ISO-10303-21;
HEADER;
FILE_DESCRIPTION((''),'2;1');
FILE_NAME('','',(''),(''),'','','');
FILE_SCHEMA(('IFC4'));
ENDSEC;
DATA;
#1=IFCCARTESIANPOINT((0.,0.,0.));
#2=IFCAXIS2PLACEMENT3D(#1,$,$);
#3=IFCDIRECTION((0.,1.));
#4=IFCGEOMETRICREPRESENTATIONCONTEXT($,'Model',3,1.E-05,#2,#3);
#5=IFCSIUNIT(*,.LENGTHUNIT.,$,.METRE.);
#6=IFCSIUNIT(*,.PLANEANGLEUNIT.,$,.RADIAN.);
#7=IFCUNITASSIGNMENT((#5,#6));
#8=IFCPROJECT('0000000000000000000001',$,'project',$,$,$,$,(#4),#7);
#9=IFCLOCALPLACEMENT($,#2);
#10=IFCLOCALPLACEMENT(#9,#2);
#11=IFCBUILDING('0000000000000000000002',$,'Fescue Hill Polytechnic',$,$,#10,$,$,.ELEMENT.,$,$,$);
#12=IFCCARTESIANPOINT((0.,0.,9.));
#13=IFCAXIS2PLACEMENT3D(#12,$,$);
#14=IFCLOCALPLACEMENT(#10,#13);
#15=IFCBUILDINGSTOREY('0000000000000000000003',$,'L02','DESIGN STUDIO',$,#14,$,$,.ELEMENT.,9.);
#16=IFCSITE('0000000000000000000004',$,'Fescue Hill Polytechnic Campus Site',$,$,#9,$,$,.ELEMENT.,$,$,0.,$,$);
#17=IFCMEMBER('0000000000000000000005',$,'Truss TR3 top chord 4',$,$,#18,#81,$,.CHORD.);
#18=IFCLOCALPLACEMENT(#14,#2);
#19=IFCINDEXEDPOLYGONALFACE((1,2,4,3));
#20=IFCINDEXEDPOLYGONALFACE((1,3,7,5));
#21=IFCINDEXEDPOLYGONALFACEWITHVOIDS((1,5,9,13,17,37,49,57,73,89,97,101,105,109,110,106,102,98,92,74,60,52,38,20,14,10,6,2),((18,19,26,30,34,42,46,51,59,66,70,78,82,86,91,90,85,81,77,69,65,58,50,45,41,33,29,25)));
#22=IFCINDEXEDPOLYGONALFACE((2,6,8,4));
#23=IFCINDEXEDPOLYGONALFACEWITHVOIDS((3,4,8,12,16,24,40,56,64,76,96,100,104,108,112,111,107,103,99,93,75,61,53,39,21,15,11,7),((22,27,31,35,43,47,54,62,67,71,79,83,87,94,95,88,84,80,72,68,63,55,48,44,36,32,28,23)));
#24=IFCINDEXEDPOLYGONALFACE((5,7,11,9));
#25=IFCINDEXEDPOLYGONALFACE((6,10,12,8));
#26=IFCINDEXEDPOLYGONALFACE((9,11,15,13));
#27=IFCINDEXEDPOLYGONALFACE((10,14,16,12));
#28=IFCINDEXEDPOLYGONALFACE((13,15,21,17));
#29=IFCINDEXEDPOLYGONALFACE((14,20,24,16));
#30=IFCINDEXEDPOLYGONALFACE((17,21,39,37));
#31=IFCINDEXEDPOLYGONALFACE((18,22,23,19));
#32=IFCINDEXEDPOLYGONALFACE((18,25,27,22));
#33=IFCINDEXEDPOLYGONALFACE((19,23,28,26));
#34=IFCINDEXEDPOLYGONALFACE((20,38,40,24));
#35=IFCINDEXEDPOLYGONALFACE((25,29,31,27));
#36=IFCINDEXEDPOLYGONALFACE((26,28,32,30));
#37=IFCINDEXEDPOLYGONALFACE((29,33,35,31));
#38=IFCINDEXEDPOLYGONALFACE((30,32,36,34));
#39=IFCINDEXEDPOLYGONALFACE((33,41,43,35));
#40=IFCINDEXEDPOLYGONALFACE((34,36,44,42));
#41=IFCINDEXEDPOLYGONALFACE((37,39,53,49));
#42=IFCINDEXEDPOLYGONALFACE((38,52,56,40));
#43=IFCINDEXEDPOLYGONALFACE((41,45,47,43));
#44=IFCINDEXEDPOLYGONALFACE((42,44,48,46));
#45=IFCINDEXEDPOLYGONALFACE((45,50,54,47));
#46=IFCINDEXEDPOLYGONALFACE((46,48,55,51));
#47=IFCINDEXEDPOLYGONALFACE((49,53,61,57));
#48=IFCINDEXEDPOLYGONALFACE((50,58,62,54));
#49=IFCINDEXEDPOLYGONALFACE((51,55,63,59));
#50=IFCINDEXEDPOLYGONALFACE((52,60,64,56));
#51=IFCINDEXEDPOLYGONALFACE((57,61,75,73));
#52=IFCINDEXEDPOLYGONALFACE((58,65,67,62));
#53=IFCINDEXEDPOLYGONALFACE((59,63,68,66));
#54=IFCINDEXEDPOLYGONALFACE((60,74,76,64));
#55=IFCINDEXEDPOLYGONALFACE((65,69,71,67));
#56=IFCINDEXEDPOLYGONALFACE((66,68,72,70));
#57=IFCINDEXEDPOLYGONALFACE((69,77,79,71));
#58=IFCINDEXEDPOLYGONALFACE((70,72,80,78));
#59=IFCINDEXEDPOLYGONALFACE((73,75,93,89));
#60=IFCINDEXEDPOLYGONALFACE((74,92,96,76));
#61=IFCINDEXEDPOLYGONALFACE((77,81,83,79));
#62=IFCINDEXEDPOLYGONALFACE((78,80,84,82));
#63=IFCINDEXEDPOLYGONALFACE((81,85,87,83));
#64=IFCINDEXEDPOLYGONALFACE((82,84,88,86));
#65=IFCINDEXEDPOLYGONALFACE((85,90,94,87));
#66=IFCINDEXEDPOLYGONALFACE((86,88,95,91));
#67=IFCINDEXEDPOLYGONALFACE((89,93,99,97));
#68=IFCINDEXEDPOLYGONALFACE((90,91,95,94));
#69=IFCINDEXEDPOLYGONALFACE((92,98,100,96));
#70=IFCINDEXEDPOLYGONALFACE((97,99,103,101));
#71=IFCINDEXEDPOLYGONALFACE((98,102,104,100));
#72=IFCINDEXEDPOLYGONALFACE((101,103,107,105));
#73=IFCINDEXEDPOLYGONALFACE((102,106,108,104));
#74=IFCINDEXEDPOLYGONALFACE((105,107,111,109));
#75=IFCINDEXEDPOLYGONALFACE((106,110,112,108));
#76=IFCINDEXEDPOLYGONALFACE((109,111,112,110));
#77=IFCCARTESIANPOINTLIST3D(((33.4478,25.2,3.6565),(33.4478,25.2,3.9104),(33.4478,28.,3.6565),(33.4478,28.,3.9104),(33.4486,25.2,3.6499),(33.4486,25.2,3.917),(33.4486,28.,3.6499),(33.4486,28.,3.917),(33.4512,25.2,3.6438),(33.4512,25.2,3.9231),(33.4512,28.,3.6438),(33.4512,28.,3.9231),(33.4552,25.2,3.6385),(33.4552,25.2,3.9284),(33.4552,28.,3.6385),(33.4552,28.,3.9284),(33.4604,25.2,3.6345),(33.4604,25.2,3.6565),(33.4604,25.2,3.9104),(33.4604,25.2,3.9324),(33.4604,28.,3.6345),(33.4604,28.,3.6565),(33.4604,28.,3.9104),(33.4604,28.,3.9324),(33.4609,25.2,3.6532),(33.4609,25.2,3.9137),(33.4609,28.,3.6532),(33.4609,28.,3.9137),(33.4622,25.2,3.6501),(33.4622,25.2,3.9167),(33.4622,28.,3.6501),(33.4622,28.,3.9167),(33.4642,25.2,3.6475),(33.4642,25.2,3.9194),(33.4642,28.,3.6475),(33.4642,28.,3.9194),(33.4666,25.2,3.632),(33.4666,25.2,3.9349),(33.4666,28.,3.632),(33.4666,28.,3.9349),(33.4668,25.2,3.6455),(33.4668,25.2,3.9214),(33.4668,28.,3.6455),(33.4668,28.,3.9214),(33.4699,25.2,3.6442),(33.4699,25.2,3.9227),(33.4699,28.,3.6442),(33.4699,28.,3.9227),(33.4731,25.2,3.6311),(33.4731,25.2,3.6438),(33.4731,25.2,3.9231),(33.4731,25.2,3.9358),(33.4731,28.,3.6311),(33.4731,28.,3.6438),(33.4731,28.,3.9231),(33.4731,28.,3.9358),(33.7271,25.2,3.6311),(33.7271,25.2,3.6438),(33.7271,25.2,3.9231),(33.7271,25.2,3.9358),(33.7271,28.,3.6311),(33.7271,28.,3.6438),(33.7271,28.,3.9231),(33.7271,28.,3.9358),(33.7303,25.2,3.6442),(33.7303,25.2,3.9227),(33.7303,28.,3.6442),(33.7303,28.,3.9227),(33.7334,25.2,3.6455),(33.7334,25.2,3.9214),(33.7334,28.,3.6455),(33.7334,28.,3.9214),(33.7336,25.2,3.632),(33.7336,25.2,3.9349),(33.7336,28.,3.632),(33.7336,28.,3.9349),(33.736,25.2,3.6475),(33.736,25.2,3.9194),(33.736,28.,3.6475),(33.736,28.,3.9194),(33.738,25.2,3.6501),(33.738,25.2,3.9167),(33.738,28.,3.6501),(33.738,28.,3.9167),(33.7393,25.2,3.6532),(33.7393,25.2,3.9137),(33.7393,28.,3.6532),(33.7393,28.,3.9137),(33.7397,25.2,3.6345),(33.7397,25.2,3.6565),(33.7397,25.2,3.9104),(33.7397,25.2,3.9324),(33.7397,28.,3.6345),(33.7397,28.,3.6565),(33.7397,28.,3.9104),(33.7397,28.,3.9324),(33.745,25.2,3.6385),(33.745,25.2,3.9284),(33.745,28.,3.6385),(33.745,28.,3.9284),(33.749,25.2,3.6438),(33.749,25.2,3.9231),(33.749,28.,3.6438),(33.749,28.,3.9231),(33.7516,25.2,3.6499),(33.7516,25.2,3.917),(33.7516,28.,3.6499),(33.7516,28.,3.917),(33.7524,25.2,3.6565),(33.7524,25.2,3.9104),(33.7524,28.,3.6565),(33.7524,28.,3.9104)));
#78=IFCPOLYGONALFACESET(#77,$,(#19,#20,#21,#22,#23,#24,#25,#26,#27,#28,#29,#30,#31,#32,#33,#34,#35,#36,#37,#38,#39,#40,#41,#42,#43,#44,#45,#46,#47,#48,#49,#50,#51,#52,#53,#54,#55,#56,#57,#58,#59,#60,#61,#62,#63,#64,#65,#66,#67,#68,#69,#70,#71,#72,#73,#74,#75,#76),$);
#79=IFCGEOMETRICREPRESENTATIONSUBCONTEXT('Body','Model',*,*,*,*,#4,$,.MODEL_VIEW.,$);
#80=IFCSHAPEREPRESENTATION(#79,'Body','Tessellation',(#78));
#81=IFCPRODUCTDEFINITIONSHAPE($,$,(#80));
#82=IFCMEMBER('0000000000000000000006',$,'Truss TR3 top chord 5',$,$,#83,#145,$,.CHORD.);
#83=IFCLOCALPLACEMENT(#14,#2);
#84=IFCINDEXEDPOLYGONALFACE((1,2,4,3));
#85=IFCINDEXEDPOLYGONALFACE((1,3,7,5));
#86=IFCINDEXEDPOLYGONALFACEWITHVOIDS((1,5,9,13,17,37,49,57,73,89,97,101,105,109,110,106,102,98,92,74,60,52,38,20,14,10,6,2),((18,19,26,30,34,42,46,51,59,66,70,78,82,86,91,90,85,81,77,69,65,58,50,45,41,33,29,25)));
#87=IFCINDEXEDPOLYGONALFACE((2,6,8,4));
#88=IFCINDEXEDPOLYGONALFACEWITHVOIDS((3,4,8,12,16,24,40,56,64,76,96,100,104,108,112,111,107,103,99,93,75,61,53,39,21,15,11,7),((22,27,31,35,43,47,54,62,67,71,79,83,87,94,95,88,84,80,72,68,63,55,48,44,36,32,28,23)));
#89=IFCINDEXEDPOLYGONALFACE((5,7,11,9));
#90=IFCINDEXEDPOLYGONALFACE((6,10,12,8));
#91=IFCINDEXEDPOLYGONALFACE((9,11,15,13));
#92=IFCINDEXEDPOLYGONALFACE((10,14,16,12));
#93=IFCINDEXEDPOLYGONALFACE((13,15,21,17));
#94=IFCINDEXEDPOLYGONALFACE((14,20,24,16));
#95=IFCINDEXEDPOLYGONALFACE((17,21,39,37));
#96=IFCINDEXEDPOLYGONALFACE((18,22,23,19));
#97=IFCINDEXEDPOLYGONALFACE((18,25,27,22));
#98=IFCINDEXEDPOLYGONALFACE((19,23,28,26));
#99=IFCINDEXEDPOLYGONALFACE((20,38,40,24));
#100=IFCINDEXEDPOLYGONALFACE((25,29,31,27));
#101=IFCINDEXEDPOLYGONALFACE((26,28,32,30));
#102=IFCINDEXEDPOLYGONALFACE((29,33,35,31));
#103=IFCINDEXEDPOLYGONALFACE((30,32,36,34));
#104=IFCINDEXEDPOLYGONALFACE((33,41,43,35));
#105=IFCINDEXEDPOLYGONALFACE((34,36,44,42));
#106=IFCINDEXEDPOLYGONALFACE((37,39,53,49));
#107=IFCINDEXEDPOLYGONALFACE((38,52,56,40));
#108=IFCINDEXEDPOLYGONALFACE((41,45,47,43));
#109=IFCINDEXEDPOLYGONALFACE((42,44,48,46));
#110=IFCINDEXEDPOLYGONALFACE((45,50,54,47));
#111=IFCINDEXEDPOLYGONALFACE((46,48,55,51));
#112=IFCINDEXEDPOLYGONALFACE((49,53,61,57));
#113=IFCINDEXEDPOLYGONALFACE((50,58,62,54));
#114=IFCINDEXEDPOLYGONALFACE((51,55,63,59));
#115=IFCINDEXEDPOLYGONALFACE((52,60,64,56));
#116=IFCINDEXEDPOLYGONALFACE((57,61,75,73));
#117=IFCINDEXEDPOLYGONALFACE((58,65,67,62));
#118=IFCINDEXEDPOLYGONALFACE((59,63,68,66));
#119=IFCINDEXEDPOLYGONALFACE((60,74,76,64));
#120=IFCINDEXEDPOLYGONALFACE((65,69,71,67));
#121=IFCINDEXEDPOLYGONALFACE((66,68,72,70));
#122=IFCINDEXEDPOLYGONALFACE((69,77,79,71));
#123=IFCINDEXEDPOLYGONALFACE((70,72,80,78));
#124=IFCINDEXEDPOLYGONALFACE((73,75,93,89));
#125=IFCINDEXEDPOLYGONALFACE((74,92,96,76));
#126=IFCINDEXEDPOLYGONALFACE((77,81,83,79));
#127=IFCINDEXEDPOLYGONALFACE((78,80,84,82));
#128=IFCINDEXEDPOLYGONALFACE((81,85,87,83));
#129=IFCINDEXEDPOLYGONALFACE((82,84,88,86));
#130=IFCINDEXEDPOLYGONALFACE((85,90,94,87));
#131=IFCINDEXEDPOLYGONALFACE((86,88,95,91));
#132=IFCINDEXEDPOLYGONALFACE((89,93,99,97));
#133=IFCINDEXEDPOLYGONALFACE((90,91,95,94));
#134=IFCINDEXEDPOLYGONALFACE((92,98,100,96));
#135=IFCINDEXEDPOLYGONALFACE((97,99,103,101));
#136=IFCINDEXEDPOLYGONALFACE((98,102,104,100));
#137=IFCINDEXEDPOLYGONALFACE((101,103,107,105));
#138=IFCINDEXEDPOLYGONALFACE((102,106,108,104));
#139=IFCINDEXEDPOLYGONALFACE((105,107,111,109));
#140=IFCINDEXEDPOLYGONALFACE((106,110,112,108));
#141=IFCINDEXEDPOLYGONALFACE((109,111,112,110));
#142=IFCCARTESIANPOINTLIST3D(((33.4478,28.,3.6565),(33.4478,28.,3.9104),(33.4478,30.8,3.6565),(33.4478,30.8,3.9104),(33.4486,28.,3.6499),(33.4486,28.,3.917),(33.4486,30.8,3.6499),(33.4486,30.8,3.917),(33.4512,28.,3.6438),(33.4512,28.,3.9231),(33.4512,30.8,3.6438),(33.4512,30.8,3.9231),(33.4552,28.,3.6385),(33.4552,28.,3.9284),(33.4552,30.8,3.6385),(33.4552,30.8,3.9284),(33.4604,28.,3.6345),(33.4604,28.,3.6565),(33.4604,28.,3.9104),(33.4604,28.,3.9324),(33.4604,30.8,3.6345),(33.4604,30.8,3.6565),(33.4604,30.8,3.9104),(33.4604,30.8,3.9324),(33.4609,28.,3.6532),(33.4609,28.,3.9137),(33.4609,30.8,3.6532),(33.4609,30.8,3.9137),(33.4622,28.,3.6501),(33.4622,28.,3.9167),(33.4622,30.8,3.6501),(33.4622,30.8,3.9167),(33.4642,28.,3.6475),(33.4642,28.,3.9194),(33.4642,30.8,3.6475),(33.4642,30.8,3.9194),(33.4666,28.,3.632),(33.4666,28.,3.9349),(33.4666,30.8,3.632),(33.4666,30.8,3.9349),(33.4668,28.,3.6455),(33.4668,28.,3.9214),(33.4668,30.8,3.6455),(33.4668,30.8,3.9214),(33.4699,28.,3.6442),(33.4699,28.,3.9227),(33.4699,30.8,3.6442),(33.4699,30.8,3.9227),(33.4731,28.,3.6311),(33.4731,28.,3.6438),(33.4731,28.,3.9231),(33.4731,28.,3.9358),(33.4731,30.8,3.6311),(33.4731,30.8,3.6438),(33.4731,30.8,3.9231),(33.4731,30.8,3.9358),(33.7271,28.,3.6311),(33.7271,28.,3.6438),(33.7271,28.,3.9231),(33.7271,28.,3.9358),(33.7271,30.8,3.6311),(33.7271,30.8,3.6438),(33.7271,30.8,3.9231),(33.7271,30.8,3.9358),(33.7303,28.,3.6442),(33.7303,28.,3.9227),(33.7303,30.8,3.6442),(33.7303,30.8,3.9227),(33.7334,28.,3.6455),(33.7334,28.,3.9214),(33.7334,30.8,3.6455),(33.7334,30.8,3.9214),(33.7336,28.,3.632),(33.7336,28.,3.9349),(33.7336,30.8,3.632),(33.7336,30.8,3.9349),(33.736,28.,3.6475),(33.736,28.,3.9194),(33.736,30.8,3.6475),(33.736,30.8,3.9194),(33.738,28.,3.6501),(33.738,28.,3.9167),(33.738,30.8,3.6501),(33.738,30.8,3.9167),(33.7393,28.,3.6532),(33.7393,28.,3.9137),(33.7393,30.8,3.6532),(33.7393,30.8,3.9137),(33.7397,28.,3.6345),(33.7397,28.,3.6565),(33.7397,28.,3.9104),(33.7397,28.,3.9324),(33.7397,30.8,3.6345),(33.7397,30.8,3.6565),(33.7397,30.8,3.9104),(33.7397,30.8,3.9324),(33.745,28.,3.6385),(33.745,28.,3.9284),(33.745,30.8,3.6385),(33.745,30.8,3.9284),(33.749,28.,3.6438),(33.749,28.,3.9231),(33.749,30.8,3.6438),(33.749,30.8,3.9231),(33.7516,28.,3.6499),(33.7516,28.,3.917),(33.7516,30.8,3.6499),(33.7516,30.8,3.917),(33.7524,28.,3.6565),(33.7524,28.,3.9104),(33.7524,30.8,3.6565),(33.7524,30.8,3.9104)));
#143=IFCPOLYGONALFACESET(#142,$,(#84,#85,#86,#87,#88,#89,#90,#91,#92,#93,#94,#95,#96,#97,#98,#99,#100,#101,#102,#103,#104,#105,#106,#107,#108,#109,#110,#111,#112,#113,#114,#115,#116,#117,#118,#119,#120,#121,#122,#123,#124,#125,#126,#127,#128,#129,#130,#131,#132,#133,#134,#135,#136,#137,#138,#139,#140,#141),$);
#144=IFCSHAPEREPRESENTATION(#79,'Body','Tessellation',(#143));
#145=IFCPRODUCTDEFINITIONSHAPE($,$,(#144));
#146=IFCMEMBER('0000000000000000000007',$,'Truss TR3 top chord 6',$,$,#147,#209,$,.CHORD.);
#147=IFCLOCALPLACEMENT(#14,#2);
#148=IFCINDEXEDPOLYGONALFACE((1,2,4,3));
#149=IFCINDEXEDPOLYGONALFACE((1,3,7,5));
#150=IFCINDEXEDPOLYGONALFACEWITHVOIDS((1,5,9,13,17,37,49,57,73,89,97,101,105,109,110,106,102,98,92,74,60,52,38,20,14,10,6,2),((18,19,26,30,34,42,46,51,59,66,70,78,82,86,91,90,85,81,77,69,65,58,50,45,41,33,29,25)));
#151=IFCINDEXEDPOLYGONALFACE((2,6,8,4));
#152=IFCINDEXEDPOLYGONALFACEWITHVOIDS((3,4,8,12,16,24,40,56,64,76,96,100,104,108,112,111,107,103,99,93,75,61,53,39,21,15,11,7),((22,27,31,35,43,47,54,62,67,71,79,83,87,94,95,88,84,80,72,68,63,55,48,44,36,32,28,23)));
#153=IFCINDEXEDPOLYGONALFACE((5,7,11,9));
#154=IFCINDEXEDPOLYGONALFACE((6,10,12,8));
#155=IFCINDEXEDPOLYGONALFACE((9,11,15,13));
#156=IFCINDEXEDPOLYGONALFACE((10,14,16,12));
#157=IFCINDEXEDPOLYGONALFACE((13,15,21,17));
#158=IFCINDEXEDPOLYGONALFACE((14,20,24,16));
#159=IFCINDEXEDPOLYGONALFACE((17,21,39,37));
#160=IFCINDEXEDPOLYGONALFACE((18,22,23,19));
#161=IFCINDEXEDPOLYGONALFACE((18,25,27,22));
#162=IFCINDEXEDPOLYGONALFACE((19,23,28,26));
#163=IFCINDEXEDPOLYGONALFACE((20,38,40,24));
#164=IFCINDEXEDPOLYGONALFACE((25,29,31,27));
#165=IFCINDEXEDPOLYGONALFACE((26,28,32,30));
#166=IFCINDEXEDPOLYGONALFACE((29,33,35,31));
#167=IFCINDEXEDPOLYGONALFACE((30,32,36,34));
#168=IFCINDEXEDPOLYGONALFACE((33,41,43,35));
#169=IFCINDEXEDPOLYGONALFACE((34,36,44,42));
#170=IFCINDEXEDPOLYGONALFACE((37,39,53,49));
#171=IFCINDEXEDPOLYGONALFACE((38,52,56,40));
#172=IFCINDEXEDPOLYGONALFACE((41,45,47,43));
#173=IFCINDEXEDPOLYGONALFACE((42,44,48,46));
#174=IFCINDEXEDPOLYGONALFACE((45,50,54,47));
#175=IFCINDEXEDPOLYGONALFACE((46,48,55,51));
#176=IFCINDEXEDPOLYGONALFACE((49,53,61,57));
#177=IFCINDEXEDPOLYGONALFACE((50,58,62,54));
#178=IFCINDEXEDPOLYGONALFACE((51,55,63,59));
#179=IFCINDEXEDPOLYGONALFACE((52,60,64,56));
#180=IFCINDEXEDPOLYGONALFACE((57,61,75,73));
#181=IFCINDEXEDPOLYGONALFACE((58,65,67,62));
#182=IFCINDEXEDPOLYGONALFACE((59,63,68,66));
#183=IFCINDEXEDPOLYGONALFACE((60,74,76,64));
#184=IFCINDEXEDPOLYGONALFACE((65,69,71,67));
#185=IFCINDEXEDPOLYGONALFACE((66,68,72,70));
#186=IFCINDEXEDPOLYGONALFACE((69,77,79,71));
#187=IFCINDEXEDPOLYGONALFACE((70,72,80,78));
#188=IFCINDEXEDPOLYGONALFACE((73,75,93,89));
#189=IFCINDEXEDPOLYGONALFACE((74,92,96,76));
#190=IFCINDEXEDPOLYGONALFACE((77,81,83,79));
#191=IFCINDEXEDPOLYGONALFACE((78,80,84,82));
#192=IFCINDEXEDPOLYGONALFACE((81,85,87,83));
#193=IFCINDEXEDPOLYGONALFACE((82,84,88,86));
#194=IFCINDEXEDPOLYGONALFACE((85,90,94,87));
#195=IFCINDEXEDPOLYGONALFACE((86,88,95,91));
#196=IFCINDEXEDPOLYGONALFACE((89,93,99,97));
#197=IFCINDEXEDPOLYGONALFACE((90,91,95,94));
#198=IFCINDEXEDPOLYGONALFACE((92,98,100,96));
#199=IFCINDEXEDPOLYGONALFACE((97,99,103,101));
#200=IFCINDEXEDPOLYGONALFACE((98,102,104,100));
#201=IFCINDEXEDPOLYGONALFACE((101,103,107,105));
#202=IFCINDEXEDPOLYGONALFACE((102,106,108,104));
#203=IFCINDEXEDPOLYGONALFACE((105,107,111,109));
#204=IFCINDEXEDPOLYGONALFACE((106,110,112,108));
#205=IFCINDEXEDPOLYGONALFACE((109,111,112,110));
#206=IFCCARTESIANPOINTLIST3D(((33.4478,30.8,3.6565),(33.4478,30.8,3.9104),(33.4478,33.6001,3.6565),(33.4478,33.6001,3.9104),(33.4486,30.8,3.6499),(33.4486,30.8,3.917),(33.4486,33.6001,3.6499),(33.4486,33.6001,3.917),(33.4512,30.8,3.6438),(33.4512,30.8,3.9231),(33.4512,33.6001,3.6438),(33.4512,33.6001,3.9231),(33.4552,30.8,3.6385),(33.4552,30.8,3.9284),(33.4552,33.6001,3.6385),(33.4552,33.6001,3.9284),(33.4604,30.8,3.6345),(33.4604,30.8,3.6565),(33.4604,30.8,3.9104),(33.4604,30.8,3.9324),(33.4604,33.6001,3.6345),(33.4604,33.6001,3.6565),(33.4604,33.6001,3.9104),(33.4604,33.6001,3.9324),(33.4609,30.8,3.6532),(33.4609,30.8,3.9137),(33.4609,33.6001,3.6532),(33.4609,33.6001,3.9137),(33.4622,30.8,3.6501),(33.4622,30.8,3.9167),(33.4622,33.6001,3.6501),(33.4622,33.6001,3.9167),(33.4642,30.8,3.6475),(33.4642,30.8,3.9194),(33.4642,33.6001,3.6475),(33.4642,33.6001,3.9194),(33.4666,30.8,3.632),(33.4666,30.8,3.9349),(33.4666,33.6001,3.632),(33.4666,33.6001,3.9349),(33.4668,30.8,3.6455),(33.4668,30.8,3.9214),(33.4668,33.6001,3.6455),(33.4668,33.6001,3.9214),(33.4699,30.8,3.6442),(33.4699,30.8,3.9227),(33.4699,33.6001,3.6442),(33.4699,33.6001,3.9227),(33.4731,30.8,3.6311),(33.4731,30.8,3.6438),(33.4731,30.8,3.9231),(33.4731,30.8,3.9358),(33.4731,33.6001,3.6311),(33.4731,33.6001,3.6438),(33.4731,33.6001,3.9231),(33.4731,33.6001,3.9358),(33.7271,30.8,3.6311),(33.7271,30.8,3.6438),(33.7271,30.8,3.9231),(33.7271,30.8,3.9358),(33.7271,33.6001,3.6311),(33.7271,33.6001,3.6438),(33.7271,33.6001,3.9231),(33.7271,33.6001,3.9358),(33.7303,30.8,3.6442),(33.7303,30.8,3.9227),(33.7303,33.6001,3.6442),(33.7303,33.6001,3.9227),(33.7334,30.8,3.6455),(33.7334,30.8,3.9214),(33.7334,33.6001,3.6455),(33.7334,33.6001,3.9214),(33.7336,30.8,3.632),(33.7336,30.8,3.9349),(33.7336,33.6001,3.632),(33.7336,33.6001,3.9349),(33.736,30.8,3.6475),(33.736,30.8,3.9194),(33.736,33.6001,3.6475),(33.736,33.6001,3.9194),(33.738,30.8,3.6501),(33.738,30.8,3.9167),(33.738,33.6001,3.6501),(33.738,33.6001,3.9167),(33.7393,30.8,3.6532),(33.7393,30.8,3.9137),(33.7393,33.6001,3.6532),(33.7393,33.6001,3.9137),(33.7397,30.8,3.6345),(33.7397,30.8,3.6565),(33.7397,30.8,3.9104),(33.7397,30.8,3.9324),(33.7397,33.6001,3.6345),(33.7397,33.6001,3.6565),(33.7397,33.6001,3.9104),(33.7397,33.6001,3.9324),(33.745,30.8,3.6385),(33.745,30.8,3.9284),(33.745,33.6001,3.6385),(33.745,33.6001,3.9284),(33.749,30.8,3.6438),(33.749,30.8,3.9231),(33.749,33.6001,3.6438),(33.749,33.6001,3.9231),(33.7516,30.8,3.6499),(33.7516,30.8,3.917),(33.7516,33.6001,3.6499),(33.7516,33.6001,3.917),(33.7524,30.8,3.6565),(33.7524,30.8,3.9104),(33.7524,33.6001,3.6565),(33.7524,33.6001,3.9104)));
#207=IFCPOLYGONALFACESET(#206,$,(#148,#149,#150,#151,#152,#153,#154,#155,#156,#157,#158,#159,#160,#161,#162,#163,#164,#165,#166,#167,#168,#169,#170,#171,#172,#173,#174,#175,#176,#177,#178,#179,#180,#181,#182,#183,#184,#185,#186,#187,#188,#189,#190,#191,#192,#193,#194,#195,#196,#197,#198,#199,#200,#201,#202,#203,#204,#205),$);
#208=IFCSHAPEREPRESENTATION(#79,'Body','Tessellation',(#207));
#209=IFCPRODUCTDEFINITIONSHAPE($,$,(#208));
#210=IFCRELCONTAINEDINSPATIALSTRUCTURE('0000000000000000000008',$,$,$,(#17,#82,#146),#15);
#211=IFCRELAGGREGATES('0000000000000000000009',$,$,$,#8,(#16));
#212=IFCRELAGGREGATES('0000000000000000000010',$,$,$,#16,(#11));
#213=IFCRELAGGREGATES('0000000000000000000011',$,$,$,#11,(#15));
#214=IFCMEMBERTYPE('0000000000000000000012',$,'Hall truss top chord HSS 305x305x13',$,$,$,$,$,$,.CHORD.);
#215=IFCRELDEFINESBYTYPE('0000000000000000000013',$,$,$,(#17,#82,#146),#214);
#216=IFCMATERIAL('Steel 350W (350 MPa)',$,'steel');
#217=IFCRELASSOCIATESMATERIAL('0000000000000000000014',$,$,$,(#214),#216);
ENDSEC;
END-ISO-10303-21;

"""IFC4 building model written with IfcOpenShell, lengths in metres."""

from ifc_helpers import new_model, si_unit, direction, frame, origin, origin_2d, place, context, subcontext, project, spatial, hollow_rectangle, extrude, material, material_profile, profile_set, type_object, element, save


model = new_model("IFC4")

# Units and contexts
model_context = context("Model", 3, precision=1e-05, world=origin(), true_north=direction((0.0, 1.0)))
body_context = subcontext(model_context, "Body", "Model", "MODEL_VIEW")
ifc_project = project(units=[si_unit("LENGTHUNIT", "METRE"), si_unit("PLANEANGLEUNIT", "RADIAN")], contexts=[model_context])

# Site, building, storey
site_placement = place(None, origin())
site = spatial("IfcSite", under=ifc_project, at=site_placement, Name="Fescue Hill Polytechnic Campus Site", CompositionType="ELEMENT", RefElevation=0.0)
building_placement = place(site_placement, origin())
building = spatial("IfcBuilding", under=site, at=building_placement, Name="Fescue Hill Polytechnic", CompositionType="ELEMENT")
storey_placement = place(building_placement, frame((0.0, 0.0, 9.0)))
storey = spatial("IfcBuildingStorey", under=building, at=storey_placement, Name="L02", Description="DESIGN STUDIO", CompositionType="ELEMENT", Elevation=9.0)

# Members
ifc_material = material(Name="Steel 350W (350 MPa)", Category="steel")
ifc_material_profile_1 = material_profile(ifc_material, hollow_rectangle(XDim=0.3047, YDim=0.3047, WallThickness=0.0127, InnerFilletRadius=0.0127, OuterFilletRadius=0.0254, at=origin_2d()), Name="Hall truss top chord HSS 305x305x13")
ifc_profile_set_1 = profile_set([ifc_material_profile_1], Name="Steel 350W (350 MPa)")
member_type_1 = type_object("IfcMemberType", Name="Hall truss top chord HSS 305x305x13", PredefinedType="CHORD", material=ifc_profile_set_1)
for number, where, z_axis, x_axis, name in (
    (1, (33.6001, 25.2, 3.7834), (0.0, 1.0, 0.0), (-1.0, 0.0, 0.0), "Truss TR3 top chord 4"),
    (2, (33.6001, 28.0, 3.7834), (0.0, 1.0, 0.0), (-1.0, 0.0, 0.0), "Truss TR3 top chord 5"),
    (3, (33.6001, 30.8, 3.7834), (0.0, 1.0, 0.0), (-1.0, 0.0, 0.0), "Truss TR3 top chord 6"),
):
    element("IfcMember", number, at=place(storey_placement, frame(where, z_axis=z_axis, x_axis=x_axis)), inside=storey, type_object=member_type_1, Name=name, PredefinedType="CHORD", context=body_context, shape_type="SweptSolid", body=[
        extrude(hollow_rectangle(XDim=0.3047, YDim=0.3047, WallThickness=0.0127, InnerFilletRadius=0.0127, OuterFilletRadius=0.0254, at=origin_2d()), origin(), (0.0, 0.0, 1.0), 2.8),
    ])

save(model, "model.ifc")
